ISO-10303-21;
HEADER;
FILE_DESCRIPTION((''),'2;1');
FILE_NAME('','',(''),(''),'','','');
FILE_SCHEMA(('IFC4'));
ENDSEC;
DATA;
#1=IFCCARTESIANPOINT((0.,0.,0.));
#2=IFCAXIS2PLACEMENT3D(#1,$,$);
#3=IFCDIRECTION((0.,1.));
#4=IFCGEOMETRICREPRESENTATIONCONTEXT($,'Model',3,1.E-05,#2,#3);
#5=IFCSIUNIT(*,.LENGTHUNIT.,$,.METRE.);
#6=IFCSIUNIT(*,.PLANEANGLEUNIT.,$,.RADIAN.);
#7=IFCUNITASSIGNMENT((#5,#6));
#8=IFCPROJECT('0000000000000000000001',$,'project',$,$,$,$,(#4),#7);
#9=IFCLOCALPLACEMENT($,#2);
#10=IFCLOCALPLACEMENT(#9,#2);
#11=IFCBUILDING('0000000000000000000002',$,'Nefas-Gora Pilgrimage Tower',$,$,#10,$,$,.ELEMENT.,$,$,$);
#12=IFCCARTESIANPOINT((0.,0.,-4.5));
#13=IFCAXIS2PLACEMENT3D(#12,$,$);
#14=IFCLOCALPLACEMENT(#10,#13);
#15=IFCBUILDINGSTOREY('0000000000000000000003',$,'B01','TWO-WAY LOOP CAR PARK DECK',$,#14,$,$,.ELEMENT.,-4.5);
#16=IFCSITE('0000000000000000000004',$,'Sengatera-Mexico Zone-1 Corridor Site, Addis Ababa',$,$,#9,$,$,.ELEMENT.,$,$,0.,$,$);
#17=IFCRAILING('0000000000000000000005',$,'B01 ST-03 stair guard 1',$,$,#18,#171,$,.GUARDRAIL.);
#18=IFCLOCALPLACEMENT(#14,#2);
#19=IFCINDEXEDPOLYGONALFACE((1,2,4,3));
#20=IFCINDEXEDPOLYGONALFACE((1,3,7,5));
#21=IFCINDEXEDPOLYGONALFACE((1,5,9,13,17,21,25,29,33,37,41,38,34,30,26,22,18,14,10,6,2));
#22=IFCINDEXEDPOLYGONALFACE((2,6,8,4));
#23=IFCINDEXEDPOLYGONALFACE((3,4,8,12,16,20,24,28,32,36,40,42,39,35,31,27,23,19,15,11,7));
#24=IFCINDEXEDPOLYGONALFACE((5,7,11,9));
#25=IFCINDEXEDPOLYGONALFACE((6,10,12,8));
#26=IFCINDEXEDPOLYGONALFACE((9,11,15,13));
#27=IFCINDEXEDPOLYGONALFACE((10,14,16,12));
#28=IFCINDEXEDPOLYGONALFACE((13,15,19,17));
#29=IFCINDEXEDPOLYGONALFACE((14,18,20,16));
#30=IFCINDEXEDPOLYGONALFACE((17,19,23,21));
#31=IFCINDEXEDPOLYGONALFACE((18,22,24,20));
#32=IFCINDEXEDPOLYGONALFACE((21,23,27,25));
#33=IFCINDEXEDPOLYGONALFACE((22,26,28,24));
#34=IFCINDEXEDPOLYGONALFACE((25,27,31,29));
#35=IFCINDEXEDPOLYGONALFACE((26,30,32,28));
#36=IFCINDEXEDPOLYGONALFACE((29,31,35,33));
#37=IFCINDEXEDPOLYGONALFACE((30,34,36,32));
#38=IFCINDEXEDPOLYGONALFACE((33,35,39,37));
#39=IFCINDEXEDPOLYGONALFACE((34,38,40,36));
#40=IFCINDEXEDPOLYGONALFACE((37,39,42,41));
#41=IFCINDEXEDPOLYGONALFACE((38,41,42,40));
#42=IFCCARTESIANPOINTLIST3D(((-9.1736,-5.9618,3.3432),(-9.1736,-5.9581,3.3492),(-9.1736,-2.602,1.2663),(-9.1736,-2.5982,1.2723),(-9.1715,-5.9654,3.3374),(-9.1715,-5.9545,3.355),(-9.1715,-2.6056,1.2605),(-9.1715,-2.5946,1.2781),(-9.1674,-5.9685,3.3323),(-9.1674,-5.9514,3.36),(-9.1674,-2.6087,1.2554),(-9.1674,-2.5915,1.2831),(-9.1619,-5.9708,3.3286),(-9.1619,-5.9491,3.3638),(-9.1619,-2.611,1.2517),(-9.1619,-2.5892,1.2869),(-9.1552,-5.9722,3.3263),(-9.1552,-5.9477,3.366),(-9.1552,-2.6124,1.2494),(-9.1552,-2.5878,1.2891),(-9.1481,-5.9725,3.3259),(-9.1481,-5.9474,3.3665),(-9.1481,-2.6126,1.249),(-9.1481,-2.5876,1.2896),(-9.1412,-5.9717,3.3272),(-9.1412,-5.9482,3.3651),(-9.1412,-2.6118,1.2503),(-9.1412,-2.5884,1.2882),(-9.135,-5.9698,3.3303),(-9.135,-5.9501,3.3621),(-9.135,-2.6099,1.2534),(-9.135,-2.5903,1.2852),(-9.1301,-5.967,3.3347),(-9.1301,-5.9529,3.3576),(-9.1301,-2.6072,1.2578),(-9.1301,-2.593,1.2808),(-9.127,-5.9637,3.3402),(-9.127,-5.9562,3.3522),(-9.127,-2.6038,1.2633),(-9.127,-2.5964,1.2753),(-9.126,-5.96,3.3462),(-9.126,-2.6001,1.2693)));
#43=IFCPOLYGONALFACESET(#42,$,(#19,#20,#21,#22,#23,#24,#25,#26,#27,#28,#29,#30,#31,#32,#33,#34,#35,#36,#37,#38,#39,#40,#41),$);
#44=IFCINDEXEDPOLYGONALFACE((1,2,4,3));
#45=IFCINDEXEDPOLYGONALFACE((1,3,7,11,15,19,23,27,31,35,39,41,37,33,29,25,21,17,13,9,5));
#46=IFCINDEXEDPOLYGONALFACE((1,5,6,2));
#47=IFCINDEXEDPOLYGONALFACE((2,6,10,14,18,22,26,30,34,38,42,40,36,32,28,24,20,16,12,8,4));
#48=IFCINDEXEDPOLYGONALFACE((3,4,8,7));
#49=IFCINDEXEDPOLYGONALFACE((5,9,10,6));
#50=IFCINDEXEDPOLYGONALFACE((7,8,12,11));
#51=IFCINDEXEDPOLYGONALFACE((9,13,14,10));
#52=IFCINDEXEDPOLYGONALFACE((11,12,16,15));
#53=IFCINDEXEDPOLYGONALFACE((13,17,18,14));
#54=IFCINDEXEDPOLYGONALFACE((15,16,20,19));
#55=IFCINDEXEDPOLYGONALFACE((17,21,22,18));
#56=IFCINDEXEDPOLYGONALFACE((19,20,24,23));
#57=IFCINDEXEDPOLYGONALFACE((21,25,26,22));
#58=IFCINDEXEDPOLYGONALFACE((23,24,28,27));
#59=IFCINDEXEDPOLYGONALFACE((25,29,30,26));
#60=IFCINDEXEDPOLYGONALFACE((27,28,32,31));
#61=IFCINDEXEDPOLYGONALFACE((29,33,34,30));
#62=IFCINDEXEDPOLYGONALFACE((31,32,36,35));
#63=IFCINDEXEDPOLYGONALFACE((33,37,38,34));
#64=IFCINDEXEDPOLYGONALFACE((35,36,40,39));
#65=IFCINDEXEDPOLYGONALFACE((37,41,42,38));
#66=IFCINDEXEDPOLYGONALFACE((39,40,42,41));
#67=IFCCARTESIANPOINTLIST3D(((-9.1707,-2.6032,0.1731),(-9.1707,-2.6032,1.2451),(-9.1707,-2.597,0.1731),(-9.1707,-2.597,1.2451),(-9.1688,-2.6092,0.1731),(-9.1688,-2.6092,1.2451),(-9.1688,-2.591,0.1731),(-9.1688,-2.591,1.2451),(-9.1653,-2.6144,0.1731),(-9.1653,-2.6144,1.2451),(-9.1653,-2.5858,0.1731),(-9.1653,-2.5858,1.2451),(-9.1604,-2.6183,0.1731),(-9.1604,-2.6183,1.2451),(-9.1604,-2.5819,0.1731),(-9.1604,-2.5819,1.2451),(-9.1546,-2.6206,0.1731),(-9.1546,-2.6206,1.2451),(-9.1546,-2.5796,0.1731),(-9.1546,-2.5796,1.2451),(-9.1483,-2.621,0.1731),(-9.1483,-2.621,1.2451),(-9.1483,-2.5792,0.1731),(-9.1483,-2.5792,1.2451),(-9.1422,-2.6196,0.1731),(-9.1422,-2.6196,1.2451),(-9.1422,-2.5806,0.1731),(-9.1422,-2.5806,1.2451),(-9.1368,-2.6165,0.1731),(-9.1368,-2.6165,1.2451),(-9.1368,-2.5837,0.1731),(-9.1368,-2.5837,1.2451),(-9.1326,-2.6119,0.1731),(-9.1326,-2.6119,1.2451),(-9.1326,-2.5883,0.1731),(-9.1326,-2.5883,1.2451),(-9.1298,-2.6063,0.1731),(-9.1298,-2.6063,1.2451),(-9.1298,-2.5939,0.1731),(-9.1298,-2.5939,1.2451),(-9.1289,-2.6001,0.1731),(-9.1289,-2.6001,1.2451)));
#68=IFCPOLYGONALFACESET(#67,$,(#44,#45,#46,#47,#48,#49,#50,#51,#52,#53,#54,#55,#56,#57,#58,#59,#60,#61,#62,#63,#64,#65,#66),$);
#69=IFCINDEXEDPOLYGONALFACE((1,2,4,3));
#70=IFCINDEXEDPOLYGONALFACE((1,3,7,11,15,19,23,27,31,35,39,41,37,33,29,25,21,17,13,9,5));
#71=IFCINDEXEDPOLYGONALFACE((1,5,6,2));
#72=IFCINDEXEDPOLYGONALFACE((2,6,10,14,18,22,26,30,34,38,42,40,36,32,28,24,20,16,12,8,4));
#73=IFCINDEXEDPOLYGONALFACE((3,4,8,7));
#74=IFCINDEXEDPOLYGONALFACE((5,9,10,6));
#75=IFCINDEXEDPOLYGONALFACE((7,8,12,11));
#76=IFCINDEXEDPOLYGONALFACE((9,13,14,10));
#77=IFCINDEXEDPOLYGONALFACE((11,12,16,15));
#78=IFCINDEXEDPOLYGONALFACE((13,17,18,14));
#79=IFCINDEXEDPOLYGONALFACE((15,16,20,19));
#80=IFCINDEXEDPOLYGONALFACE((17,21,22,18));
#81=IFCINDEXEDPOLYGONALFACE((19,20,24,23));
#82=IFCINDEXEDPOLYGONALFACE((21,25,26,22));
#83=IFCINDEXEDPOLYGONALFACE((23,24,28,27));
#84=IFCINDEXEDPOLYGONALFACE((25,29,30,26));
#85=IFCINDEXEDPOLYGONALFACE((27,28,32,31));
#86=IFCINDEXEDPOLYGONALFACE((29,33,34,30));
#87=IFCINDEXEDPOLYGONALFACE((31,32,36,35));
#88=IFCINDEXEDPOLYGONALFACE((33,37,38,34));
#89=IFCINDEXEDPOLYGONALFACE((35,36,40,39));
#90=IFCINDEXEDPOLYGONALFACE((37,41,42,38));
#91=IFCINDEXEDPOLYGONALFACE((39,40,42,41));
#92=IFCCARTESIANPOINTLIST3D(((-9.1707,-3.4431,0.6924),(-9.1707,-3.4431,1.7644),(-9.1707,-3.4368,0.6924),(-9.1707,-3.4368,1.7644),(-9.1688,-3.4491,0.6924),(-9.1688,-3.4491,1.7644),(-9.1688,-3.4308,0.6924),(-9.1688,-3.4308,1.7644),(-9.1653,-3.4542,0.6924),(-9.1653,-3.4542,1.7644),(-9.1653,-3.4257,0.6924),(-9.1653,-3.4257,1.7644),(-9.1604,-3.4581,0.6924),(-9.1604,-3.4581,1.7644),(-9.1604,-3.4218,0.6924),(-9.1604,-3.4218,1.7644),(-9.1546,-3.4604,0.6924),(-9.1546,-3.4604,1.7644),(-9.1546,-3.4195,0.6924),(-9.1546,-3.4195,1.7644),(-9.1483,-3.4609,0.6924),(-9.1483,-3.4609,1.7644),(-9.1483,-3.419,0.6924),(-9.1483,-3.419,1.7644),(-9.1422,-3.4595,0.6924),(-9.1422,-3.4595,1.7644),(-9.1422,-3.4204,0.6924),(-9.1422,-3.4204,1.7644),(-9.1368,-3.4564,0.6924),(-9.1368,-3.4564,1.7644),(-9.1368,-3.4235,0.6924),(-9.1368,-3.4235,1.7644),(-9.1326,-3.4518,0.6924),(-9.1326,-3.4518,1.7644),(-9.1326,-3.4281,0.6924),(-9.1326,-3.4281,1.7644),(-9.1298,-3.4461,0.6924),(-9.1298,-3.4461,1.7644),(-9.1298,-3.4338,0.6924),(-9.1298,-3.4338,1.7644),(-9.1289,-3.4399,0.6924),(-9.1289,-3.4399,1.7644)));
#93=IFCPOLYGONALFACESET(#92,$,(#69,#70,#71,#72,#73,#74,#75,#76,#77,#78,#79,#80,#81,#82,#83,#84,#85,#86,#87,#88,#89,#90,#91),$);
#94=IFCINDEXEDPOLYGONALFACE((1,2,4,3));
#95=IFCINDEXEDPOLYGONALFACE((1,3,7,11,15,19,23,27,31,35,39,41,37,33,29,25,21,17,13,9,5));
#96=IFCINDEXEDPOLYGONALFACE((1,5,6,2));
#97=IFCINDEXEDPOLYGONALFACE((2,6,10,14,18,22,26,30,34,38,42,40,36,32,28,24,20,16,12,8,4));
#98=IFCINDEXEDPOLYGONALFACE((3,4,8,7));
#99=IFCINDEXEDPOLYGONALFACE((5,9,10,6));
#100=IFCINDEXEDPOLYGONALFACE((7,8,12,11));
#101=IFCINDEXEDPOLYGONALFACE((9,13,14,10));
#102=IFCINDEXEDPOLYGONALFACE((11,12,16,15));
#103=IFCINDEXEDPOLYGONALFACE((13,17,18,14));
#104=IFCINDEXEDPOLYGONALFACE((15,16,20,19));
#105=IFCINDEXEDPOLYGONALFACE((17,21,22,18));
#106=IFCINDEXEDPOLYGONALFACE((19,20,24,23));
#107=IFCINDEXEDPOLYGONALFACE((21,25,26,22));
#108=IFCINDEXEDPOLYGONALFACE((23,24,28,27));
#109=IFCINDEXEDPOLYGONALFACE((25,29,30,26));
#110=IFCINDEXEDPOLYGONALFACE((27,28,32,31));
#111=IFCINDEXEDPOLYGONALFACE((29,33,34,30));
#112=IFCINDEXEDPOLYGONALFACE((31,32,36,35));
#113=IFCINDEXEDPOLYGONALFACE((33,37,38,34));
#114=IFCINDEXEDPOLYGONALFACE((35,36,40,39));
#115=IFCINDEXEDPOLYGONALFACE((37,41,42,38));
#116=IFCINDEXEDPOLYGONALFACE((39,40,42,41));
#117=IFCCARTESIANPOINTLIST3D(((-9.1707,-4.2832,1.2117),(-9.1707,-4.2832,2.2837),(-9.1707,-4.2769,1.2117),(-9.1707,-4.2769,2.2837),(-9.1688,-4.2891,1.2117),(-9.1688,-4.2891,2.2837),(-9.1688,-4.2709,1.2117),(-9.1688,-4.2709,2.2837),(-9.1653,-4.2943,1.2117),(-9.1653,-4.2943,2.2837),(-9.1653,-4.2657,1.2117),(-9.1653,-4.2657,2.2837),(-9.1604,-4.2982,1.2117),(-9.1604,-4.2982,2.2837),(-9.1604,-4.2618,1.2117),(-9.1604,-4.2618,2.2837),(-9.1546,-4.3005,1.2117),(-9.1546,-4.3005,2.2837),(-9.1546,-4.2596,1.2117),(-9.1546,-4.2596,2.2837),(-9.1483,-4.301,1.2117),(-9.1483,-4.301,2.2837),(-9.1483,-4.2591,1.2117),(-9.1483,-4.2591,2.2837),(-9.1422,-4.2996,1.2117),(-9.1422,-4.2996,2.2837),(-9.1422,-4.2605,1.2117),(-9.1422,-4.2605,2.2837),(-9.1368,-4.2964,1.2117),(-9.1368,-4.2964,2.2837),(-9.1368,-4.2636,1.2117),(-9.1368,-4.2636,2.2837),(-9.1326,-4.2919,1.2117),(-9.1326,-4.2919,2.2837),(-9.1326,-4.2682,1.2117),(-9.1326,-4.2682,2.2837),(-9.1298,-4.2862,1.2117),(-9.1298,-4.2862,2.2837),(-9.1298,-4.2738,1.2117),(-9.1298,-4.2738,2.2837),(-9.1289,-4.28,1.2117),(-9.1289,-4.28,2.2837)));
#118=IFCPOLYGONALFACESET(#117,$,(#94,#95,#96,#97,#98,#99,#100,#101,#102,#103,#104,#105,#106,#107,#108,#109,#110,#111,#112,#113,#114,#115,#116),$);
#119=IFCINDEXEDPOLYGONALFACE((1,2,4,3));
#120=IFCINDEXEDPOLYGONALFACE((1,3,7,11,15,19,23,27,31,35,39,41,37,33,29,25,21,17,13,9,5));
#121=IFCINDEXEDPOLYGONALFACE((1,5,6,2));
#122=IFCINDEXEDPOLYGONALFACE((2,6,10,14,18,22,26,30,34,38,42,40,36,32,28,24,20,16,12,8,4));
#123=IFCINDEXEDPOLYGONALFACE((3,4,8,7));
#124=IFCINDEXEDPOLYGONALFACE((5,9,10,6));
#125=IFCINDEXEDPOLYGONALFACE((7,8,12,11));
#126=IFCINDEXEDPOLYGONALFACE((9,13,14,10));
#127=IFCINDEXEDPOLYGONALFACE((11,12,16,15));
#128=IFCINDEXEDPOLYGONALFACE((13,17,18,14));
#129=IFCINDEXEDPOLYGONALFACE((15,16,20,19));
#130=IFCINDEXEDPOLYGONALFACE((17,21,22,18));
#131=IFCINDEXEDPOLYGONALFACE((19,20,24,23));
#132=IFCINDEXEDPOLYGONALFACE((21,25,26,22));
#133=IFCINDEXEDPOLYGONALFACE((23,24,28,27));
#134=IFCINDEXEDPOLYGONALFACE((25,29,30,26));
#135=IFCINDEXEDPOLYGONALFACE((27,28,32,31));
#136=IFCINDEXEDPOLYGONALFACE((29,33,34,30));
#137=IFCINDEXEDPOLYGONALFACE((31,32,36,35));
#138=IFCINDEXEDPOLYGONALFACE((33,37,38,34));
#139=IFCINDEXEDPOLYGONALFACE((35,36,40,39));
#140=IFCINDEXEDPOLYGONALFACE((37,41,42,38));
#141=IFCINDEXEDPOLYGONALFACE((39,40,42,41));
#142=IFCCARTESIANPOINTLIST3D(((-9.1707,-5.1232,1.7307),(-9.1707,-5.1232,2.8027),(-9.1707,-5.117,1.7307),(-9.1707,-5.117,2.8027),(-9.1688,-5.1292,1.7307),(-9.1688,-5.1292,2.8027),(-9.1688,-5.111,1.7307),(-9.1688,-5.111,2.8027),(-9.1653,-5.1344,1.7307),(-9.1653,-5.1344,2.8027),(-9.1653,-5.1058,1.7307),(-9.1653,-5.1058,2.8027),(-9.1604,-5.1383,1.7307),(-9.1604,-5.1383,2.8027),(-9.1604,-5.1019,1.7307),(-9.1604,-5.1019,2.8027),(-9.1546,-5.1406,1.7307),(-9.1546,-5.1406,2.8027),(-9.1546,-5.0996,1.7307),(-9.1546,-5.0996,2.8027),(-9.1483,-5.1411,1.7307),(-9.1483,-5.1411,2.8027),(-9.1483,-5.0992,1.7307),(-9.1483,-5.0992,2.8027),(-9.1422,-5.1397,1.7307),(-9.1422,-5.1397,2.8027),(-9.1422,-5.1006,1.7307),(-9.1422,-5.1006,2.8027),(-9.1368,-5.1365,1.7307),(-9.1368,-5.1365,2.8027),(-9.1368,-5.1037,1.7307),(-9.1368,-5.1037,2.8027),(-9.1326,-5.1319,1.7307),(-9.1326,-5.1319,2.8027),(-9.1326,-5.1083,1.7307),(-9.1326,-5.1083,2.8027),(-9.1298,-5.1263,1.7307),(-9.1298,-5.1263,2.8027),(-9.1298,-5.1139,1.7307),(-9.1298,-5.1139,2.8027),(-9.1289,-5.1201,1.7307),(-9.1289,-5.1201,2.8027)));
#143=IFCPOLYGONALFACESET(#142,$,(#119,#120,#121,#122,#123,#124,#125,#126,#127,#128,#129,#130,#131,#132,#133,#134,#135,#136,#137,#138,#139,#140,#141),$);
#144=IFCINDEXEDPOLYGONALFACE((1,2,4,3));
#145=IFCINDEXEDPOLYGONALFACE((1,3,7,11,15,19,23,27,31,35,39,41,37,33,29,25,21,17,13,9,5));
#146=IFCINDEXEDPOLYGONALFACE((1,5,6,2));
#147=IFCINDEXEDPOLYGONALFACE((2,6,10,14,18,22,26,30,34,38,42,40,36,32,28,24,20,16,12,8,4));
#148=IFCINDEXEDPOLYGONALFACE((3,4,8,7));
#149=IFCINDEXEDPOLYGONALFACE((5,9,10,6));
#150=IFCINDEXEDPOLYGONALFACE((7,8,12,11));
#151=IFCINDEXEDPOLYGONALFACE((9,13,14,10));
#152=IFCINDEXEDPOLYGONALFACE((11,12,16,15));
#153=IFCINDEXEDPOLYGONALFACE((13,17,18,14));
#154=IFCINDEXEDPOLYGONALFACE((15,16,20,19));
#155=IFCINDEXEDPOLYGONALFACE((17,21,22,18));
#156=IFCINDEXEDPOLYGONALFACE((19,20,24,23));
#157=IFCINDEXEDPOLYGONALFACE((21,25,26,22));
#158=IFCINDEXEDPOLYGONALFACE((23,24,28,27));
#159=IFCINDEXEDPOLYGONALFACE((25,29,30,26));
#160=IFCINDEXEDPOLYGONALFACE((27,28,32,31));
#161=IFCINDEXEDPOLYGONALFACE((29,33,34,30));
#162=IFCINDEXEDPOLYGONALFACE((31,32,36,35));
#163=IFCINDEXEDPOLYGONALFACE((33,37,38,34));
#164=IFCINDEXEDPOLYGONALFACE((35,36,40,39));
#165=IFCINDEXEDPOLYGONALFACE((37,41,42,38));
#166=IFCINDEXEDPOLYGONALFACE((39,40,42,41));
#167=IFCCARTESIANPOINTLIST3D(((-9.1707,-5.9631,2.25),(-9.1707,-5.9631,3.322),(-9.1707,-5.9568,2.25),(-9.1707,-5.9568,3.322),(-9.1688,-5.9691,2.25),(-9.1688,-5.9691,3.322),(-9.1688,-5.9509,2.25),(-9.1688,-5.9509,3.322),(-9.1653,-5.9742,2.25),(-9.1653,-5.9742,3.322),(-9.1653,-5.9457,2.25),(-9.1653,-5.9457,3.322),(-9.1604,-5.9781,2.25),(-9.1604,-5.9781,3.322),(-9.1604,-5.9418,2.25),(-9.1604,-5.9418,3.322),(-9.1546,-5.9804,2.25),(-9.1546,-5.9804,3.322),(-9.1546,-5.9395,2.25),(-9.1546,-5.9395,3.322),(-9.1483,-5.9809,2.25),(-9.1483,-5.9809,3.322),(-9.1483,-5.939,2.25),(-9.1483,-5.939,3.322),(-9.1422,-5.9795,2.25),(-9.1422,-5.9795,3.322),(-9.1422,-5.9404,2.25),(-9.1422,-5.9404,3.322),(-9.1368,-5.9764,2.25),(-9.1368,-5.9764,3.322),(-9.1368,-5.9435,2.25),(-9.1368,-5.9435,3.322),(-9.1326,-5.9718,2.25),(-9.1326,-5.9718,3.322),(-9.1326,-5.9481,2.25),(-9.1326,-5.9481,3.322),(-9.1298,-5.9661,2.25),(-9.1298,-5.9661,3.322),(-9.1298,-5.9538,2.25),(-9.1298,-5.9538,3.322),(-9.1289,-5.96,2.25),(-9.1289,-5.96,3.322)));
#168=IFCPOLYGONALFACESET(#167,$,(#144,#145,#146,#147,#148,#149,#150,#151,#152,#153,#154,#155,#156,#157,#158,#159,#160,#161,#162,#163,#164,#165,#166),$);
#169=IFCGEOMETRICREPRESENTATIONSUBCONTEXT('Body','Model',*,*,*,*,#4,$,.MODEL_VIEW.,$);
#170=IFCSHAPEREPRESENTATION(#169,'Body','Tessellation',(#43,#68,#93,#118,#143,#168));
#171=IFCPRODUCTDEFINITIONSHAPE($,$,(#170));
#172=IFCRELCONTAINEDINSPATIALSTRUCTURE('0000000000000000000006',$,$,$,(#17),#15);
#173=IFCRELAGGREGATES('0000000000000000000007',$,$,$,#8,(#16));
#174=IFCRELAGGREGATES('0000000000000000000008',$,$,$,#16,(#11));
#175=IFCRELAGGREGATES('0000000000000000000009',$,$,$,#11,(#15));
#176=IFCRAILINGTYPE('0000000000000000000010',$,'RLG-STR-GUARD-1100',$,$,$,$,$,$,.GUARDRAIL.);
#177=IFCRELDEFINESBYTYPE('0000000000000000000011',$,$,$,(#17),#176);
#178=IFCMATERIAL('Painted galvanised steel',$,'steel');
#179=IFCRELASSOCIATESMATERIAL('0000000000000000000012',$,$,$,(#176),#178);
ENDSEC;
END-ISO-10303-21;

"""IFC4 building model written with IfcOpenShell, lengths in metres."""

from ifc_helpers import new_model, si_unit, direction, frame, origin, origin_2d, place, context, subcontext, project, spatial, circle, extrude, material, type_object, element, save


model = new_model("IFC4")

# Units and contexts
model_context = context("Model", 3, precision=1e-05, world=origin(), true_north=direction((0.0, 1.0)))
body_context = subcontext(model_context, "Body", "Model", "MODEL_VIEW")
ifc_project = project(units=[si_unit("LENGTHUNIT", "METRE"), si_unit("PLANEANGLEUNIT", "RADIAN")], contexts=[model_context])

# Site, building, storey
site_placement = place(None, origin())
site = spatial("IfcSite", under=ifc_project, at=site_placement, Name="Sengatera-Mexico Zone-1 Corridor Site, Addis Ababa", CompositionType="ELEMENT", RefElevation=0.0)
building_placement = place(site_placement, origin())
building = spatial("IfcBuilding", under=site, at=building_placement, Name="Nefas-Gora Pilgrimage Tower", CompositionType="ELEMENT")
storey_placement = place(building_placement, frame((0.0, 0.0, -4.5)))
storey = spatial("IfcBuildingStorey", under=building, at=storey_placement, Name="B01", Description="TWO-WAY LOOP CAR PARK DECK", CompositionType="ELEMENT", Elevation=-4.5)

# Railing
ifc_material_1 = material(Name="Painted galvanised steel", Category="steel")
railing_type_1 = type_object("IfcRailingType", Name="RLG-STR-GUARD-1100", PredefinedType="GUARDRAIL", material=ifc_material_1)
railing_1_placement = place(storey_placement, frame((-9.1499, -2.6001, 0.1731)))
element("IfcRailing", 1, at=railing_1_placement, inside=storey, type_object=railing_type_1, Name="B01 ST-03 stair guard 1", PredefinedType="GUARDRAIL", context=body_context, shape_type="SweptSolid", body=[
    extrude(circle(Radius=0.0239, at=origin_2d()), frame((0.0, 0.0, 1.0962), z_axis=(0.0, -0.850606, 0.525803), x_axis=(1.0, 0.0, 0.0)), (0.0, 0.0, 1.0), 3.95),
    extrude(circle(Radius=0.021, at=origin_2d()), origin(), (0.0, 0.0, 1.0), 1.072),
    extrude(circle(Radius=0.021, at=origin_2d()), frame((0.0, -0.8398, 0.5193)), (0.0, 0.0, 1.0), 1.072),
    extrude(circle(Radius=0.021, at=origin_2d()), frame((0.0, -1.6799, 1.0386)), (0.0, 0.0, 1.0), 1.072),
    extrude(circle(Radius=0.021, at=origin_2d()), frame((0.0, -2.52, 1.5576)), (0.0, 0.0, 1.0), 1.072),
    extrude(circle(Radius=0.021, at=origin_2d()), frame((0.0, -3.3599, 2.0769)), (0.0, 0.0, 1.0), 1.072),
])

save(model, "model.ifc")
